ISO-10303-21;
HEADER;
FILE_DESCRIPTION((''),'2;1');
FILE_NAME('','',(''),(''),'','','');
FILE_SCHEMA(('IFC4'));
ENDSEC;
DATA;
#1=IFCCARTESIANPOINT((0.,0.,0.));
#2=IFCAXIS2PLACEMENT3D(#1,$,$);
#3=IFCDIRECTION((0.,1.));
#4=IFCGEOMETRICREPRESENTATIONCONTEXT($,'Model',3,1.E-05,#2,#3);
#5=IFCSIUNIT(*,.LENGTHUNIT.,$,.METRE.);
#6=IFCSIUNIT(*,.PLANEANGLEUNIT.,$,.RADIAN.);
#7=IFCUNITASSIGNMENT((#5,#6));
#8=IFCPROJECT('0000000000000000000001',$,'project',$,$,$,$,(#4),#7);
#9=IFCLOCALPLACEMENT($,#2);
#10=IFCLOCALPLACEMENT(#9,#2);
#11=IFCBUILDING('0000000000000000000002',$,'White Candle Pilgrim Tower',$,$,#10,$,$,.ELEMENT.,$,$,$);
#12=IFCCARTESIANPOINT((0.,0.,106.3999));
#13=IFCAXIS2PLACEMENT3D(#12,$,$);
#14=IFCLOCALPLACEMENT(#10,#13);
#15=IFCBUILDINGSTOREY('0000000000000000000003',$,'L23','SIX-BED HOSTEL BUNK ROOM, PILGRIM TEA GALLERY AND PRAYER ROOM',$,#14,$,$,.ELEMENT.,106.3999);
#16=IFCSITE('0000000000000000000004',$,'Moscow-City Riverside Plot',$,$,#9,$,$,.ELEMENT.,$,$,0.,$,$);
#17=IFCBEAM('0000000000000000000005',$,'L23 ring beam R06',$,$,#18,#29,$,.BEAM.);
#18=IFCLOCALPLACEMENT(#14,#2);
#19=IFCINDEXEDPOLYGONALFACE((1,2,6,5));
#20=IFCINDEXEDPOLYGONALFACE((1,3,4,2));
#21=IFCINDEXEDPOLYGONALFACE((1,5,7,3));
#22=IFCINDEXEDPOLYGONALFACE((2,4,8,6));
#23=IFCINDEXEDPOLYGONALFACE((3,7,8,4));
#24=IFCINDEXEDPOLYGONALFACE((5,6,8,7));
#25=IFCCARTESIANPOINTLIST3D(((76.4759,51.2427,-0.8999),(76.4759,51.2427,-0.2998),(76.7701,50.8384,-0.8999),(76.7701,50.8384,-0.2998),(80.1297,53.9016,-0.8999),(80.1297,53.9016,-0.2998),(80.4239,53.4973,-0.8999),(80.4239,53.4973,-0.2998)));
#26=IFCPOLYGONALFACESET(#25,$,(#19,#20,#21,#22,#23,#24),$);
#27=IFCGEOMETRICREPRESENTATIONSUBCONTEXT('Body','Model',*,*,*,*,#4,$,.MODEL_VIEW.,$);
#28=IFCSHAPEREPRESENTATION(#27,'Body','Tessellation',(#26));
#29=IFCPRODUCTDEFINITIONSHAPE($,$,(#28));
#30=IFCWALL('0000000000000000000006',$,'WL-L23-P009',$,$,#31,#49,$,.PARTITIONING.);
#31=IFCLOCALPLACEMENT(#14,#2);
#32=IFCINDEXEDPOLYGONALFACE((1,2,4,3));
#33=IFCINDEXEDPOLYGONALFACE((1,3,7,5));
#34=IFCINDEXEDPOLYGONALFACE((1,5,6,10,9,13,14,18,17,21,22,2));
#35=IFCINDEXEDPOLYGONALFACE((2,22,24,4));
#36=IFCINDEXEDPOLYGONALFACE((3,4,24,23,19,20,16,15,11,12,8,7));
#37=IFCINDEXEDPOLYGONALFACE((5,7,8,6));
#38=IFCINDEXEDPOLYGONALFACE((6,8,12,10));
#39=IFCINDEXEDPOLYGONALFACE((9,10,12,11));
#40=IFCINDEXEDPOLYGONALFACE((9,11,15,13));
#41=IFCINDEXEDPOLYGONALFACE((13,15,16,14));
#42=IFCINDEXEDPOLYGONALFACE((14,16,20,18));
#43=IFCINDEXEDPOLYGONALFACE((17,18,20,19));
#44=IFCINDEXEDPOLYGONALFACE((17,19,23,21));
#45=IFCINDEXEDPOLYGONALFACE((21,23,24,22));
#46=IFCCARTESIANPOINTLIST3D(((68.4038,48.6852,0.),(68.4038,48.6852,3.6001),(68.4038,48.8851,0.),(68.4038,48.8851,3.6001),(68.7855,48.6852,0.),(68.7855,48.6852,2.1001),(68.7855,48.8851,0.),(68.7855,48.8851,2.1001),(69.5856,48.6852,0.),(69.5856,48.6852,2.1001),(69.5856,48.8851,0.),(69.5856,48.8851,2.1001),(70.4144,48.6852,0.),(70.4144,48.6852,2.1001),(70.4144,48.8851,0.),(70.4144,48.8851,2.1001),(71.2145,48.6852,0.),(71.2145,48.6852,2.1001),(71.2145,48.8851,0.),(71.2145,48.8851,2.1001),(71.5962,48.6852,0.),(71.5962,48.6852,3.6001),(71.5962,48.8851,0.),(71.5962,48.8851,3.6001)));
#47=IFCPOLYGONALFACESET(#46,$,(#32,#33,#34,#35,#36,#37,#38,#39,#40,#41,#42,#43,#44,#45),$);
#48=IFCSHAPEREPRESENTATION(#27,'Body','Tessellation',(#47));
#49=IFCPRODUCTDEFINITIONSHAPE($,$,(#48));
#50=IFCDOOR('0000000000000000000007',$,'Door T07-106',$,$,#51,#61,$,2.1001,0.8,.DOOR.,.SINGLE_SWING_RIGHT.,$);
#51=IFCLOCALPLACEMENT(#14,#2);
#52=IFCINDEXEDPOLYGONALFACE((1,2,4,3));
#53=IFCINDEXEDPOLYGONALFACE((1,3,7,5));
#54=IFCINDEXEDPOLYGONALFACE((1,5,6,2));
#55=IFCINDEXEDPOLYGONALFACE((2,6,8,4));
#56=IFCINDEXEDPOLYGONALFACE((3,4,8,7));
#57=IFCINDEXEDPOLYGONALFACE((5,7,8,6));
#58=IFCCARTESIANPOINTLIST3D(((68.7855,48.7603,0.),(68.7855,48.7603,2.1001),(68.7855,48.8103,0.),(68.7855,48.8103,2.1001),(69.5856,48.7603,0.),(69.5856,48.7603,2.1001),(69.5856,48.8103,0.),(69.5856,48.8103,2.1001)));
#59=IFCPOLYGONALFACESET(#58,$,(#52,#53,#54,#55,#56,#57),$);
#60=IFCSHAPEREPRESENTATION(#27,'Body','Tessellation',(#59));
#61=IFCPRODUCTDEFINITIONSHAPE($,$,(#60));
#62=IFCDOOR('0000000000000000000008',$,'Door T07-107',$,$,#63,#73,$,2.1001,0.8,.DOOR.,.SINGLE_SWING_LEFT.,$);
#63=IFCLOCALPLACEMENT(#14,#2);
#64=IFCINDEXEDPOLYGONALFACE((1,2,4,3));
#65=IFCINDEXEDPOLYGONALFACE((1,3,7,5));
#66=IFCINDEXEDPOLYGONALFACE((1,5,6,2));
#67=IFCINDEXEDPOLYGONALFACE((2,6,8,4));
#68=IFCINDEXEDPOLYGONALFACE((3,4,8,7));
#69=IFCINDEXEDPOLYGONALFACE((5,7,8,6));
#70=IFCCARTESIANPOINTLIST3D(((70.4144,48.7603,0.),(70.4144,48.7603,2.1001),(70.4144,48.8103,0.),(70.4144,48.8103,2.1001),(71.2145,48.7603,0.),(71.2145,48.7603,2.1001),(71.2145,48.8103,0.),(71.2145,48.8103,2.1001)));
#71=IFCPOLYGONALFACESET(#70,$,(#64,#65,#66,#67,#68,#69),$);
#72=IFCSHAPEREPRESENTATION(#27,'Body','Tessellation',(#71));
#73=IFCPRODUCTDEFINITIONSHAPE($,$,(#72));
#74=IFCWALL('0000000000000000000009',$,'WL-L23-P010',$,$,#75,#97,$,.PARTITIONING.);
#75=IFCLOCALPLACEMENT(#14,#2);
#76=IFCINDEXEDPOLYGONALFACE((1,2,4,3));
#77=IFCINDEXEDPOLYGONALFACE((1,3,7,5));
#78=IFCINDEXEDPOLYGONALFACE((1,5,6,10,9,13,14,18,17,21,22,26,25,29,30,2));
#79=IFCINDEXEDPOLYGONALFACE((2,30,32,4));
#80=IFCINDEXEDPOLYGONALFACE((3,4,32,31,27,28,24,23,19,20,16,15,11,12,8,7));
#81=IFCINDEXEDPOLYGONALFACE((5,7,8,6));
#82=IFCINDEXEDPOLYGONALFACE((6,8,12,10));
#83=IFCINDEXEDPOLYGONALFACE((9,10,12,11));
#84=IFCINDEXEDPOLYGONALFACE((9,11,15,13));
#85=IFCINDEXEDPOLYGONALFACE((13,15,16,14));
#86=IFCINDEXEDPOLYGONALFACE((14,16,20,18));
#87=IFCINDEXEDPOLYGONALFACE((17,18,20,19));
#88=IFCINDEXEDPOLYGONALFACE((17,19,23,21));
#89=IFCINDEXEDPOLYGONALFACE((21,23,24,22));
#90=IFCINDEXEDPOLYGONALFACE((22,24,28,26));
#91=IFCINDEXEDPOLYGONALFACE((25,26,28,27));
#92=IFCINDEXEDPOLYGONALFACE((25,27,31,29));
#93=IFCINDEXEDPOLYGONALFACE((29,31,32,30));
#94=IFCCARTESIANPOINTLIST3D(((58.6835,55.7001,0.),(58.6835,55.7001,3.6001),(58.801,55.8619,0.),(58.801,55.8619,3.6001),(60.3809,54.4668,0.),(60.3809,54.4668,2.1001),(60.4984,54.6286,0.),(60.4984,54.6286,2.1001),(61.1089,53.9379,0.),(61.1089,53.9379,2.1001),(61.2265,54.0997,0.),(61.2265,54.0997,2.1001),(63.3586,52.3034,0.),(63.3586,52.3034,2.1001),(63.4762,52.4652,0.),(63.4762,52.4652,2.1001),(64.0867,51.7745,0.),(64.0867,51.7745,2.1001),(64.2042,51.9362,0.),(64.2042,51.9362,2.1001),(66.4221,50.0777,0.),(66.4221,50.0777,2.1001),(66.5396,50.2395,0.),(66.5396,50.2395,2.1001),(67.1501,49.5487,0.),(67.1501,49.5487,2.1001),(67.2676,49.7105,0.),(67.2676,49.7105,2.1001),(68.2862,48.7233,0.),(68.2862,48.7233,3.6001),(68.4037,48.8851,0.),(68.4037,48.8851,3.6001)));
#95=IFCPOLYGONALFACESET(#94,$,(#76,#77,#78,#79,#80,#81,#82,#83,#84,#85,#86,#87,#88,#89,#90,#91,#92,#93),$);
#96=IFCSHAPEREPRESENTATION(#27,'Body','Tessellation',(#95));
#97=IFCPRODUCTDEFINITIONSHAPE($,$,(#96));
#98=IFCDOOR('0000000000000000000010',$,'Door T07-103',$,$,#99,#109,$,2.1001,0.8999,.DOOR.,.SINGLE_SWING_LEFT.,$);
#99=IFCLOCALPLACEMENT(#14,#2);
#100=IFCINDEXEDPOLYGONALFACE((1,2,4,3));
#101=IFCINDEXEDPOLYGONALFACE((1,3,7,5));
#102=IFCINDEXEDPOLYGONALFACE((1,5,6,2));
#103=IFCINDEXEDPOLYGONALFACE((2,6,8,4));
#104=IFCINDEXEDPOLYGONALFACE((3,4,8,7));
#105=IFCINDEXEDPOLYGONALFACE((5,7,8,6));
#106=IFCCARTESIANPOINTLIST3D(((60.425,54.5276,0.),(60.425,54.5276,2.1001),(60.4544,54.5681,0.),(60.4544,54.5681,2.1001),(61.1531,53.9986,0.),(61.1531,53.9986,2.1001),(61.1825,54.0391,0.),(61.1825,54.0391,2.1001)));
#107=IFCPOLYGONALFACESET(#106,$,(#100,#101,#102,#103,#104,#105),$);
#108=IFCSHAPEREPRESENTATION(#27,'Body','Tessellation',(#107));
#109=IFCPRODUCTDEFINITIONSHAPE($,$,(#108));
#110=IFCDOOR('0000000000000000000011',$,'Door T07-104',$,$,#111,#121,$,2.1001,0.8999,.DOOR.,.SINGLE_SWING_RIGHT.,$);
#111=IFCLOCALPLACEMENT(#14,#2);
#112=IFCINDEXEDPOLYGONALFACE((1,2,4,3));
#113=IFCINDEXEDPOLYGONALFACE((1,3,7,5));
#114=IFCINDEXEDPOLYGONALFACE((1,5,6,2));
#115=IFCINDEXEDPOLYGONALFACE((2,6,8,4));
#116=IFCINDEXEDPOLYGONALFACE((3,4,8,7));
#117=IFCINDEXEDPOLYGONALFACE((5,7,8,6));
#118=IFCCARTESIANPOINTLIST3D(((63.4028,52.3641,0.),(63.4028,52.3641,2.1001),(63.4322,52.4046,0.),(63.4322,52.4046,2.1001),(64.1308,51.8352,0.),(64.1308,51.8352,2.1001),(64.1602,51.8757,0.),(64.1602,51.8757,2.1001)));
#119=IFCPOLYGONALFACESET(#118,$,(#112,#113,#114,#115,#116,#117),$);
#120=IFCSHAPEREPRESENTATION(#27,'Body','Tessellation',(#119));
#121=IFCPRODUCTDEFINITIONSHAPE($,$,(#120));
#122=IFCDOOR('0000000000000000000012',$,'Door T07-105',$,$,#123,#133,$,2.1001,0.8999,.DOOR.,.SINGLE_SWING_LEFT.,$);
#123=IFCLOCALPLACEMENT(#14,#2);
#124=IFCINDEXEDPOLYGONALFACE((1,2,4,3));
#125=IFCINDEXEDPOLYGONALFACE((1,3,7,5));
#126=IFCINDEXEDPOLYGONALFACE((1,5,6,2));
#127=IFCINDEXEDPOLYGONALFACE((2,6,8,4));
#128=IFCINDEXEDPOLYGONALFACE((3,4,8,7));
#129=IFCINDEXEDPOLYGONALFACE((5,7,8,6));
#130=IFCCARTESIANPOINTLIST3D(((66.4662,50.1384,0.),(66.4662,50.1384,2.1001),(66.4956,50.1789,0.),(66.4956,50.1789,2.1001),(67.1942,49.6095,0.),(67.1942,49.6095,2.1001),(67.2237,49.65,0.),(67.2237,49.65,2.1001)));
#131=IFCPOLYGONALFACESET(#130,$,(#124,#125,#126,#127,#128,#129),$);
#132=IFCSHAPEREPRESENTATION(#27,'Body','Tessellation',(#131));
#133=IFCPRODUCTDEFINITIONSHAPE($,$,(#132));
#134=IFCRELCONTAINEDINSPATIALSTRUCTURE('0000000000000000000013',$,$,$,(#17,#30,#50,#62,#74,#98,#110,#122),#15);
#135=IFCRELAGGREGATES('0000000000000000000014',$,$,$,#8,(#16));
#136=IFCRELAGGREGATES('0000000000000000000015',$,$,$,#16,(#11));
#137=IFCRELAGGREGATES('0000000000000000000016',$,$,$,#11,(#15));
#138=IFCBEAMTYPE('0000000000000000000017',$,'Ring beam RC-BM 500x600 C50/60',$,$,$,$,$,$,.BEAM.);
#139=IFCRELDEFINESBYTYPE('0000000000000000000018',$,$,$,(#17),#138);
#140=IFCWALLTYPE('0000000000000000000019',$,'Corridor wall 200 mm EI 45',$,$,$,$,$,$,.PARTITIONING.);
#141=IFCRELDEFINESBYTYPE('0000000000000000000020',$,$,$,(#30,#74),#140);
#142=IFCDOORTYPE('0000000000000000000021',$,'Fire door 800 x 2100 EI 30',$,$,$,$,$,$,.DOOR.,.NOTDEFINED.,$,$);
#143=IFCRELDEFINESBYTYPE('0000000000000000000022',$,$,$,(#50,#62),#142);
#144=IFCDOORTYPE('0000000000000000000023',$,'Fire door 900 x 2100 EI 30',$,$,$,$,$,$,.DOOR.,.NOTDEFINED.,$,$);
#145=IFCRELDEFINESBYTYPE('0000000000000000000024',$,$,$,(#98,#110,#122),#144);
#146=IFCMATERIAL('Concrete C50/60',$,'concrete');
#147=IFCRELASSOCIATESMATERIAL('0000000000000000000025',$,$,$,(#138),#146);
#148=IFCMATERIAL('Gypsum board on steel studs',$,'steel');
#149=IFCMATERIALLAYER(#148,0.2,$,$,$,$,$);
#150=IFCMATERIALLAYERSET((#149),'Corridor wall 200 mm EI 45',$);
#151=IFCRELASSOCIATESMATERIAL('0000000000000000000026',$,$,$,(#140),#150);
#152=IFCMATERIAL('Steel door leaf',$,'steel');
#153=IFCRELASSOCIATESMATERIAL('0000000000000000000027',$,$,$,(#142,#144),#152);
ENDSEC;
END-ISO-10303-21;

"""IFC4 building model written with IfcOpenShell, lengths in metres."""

from ifc_helpers import new_model, si_unit, direction, frame, frame_2d, origin, origin_2d, place, context, subcontext, project, spatial, rectangle, extrude, material, layer, layer_set, material_profile, profile_set, type_object, element, fill, save


model = new_model("IFC4")

# Units and contexts
model_context = context("Model", 3, precision=1e-05, world=origin(), true_north=direction((0.0, 1.0)))
body_context = subcontext(model_context, "Body", "Model", "MODEL_VIEW")
ifc_project = project(units=[si_unit("LENGTHUNIT", "METRE"), si_unit("PLANEANGLEUNIT", "RADIAN")], contexts=[model_context])

# Site, building, storey
site_placement = place(None, origin())
site = spatial("IfcSite", under=ifc_project, at=site_placement, Name="Moscow-City Riverside Plot", CompositionType="ELEMENT", RefElevation=0.0)
building_placement = place(site_placement, origin())
building = spatial("IfcBuilding", under=site, at=building_placement, Name="White Candle Pilgrim Tower", CompositionType="ELEMENT")
storey_placement = place(building_placement, frame((0.0, 0.0, 106.3999)))
storey = spatial("IfcBuildingStorey", under=building, at=storey_placement, Name="L23", Description="SIX-BED HOSTEL BUNK ROOM, PILGRIM TEA GALLERY AND PRAYER ROOM", CompositionType="ELEMENT", Elevation=106.3999)

# Beam
ifc_material_1 = material(Name="Concrete C50/60", Category="concrete")
ifc_material_profile_1 = material_profile(ifc_material_1, rectangle(XDim=0.5, YDim=0.6001, at=origin_2d()), Name="RC-BM 500x600")
ifc_profile_set_1 = profile_set([ifc_material_profile_1], Name="Concrete C50/60")
beam_type = type_object("IfcBeamType", Name="Ring beam RC-BM 500x600 C50/60", PredefinedType="BEAM", material=ifc_profile_set_1)
beam_1_placement = place(storey_placement, frame((76.623, 51.0405, -0.5999), z_axis=(0.808566, 0.588406, 0.0), x_axis=(-0.588406, 0.808566, 0.0)))
element("IfcBeam", 1, at=beam_1_placement, inside=storey, type_object=beam_type, Name="L23 ring beam R06", PredefinedType="BEAM", context=body_context, shape_type="SweptSolid", body=[
    extrude(rectangle(XDim=0.5, YDim=0.6001, at=origin_2d()), origin(), (0.0, 0.0, 1.0), 4.5188),
])

# Walls, openings, doors
ifc_material_2 = material(Name="Gypsum board on steel studs", Category="steel")
ifc_layer_1 = layer(ifc_material_2, 0.2)
ifc_layer_set_1 = layer_set([ifc_layer_1], Name="Corridor wall 200 mm EI 45")
wall_type_1 = type_object("IfcWallType", Name="Corridor wall 200 mm EI 45", PredefinedType="PARTITIONING", material=ifc_layer_set_1)
wall_1_placement = place(storey_placement, frame((71.5962, 48.7852, 0.0), z_axis=(0.0, 0.0, 1.0), x_axis=(-1.0, 0.0, 0.0)))
wall_1 = element("IfcWall", 2, at=wall_1_placement, inside=storey, type_object=wall_type_1, Name="WL-L23-P009", PredefinedType="PARTITIONING", context=body_context, shape_type="SweptSolid", body=[
    extrude(rectangle(XDim=3.1924, YDim=0.2, at=frame_2d((1.5962, 0.0))), origin(), (0.0, 0.0, 1.0), 3.6001),
])
opening_1_placement = place(wall_1_placement, frame((2.0107, 0.0, 0.0)))
opening_1 = element("IfcOpeningElement", 3, at=opening_1_placement, cuts=wall_1, PredefinedType="OPENING", context=body_context, shape_type="SweptSolid", body=[
    extrude(rectangle(XDim=0.8, YDim=2.1001, at=frame_2d((0.3999, 1.05))), frame((0.0, 0.1099, 0.0), z_axis=(0.0, -1.0, 0.0), x_axis=(1.0, 0.0, 0.0)), (0.0, 0.0, 1.0), 0.22),
])
opening_2_placement = place(wall_1_placement, frame((0.3818, 0.0, 0.0)))
opening_2 = element("IfcOpeningElement", 4, at=opening_2_placement, cuts=wall_1, PredefinedType="OPENING", context=body_context, shape_type="SweptSolid", body=[
    extrude(rectangle(XDim=0.8, YDim=2.1001, at=frame_2d((0.3999, 1.05))), frame((0.0, 0.1099, 0.0), z_axis=(0.0, -1.0, 0.0), x_axis=(1.0, 0.0, 0.0)), (0.0, 0.0, 1.0), 0.22),
])
ifc_material_3 = material(Name="Steel door leaf", Category="steel")
door_type_1 = type_object("IfcDoorType", Name="Fire door 800 x 2100 EI 30", OperationType="NOTDEFINED", PredefinedType="DOOR", material=ifc_material_3)
door_1_placement = place(opening_1_placement, origin())
door_1 = element("IfcDoor", 5, at=door_1_placement, inside=storey, type_object=door_type_1, Name="Door T07-106", OperationType="SINGLE_SWING_RIGHT", OverallHeight=2.1001, OverallWidth=0.8, PredefinedType="DOOR", context=body_context, shape_type="SweptSolid", body=[
    extrude(rectangle(XDim=0.8, YDim=2.1001, at=frame_2d((0.3999, 1.05))), frame((0.0, 0.0249, 0.0), z_axis=(0.0, -1.0, 0.0), x_axis=(1.0, 0.0, 0.0)), (0.0, 0.0, 1.0), 0.05),
])
fill(opening_1, door_1)
door_2_placement = place(opening_2_placement, origin())
door_2 = element("IfcDoor", 6, at=door_2_placement, inside=storey, type_object=door_type_1, Name="Door T07-107", OperationType="SINGLE_SWING_LEFT", OverallHeight=2.1001, OverallWidth=0.8, PredefinedType="DOOR", context=body_context, shape_type="SweptSolid", body=[
    extrude(rectangle(XDim=0.8, YDim=2.1001, at=frame_2d((0.3999, 1.05))), frame((0.0, 0.0249, 0.0), z_axis=(0.0, -1.0, 0.0), x_axis=(1.0, 0.0, 0.0)), (0.0, 0.0, 1.0), 0.05),
])
fill(opening_2, door_2)
wall_2_placement = place(storey_placement, frame((68.345, 48.8042, 0.0), z_axis=(0.0, 0.0, 1.0), x_axis=(-0.809018, 0.587784, 0.0)))
wall_2 = element("IfcWall", 7, at=wall_2_placement, inside=storey, type_object=wall_type_1, Name="WL-L23-P010", PredefinedType="PARTITIONING", context=body_context, shape_type="SweptSolid", body=[
    extrude(rectangle(XDim=11.8696, YDim=0.2, at=frame_2d((5.9348, 0.0))), origin(), (0.0, 0.0, 1.0), 3.6001),
])
opening_3_placement = place(wall_2_placement, frame((8.8716, 0.0, 0.0)))
opening_3 = element("IfcOpeningElement", 8, at=opening_3_placement, cuts=wall_2, PredefinedType="OPENING", context=body_context, shape_type="SweptSolid", body=[
    extrude(rectangle(XDim=0.8999, YDim=2.1001, at=frame_2d((0.45, 1.05))), frame((0.0, 0.1099, 0.0), z_axis=(0.0, -1.0, 0.0), x_axis=(1.0, 0.0, 0.0)), (0.0, 0.0, 1.0), 0.22),
])
opening_4_placement = place(wall_2_placement, frame((5.1909, 0.0, 0.0)))
opening_4 = element("IfcOpeningElement", 9, at=opening_4_placement, cuts=wall_2, PredefinedType="OPENING", context=body_context, shape_type="SweptSolid", body=[
    extrude(rectangle(XDim=0.8999, YDim=2.1001, at=frame_2d((0.45, 1.05))), frame((0.0, 0.1099, 0.0), z_axis=(0.0, -1.0, 0.0), x_axis=(1.0, 0.0, 0.0)), (0.0, 0.0, 1.0), 0.22),
])
opening_5_placement = place(wall_2_placement, frame((1.4043, 0.0, 0.0)))
opening_5 = element("IfcOpeningElement", 10, at=opening_5_placement, cuts=wall_2, PredefinedType="OPENING", context=body_context, shape_type="SweptSolid", body=[
    extrude(rectangle(XDim=0.8999, YDim=2.1001, at=frame_2d((0.45, 1.05))), frame((0.0, 0.1099, 0.0), z_axis=(0.0, -1.0, 0.0), x_axis=(1.0, 0.0, 0.0)), (0.0, 0.0, 1.0), 0.22),
])
door_type_2 = type_object("IfcDoorType", Name="Fire door 900 x 2100 EI 30", OperationType="NOTDEFINED", PredefinedType="DOOR", material=ifc_material_3)
door_3_placement = place(opening_3_placement, origin())
door_3 = element("IfcDoor", 11, at=door_3_placement, inside=storey, type_object=door_type_2, Name="Door T07-103", OperationType="SINGLE_SWING_LEFT", OverallHeight=2.1001, OverallWidth=0.8999, PredefinedType="DOOR", context=body_context, shape_type="SweptSolid", body=[
    extrude(rectangle(XDim=0.8999, YDim=2.1001, at=frame_2d((0.45, 1.05))), frame((0.0, 0.0249, 0.0), z_axis=(0.0, -1.0, 0.0), x_axis=(1.0, 0.0, 0.0)), (0.0, 0.0, 1.0), 0.05),
])
fill(opening_3, door_3)
door_4_placement = place(opening_4_placement, origin())
door_4 = element("IfcDoor", 12, at=door_4_placement, inside=storey, type_object=door_type_2, Name="Door T07-104", OperationType="SINGLE_SWING_RIGHT", OverallHeight=2.1001, OverallWidth=0.8999, PredefinedType="DOOR", context=body_context, shape_type="SweptSolid", body=[
    extrude(rectangle(XDim=0.8999, YDim=2.1001, at=frame_2d((0.45, 1.05))), frame((0.0, 0.0249, 0.0), z_axis=(0.0, -1.0, 0.0), x_axis=(1.0, 0.0, 0.0)), (0.0, 0.0, 1.0), 0.05),
])
fill(opening_4, door_4)
door_5_placement = place(opening_5_placement, origin())
door_5 = element("IfcDoor", 13, at=door_5_placement, inside=storey, type_object=door_type_2, Name="Door T07-105", OperationType="SINGLE_SWING_LEFT", OverallHeight=2.1001, OverallWidth=0.8999, PredefinedType="DOOR", context=body_context, shape_type="SweptSolid", body=[
    extrude(rectangle(XDim=0.8999, YDim=2.1001, at=frame_2d((0.45, 1.05))), frame((0.0, 0.0249, 0.0), z_axis=(0.0, -1.0, 0.0), x_axis=(1.0, 0.0, 0.0)), (0.0, 0.0, 1.0), 0.05),
])
fill(opening_5, door_5)

save(model, "model.ifc")
